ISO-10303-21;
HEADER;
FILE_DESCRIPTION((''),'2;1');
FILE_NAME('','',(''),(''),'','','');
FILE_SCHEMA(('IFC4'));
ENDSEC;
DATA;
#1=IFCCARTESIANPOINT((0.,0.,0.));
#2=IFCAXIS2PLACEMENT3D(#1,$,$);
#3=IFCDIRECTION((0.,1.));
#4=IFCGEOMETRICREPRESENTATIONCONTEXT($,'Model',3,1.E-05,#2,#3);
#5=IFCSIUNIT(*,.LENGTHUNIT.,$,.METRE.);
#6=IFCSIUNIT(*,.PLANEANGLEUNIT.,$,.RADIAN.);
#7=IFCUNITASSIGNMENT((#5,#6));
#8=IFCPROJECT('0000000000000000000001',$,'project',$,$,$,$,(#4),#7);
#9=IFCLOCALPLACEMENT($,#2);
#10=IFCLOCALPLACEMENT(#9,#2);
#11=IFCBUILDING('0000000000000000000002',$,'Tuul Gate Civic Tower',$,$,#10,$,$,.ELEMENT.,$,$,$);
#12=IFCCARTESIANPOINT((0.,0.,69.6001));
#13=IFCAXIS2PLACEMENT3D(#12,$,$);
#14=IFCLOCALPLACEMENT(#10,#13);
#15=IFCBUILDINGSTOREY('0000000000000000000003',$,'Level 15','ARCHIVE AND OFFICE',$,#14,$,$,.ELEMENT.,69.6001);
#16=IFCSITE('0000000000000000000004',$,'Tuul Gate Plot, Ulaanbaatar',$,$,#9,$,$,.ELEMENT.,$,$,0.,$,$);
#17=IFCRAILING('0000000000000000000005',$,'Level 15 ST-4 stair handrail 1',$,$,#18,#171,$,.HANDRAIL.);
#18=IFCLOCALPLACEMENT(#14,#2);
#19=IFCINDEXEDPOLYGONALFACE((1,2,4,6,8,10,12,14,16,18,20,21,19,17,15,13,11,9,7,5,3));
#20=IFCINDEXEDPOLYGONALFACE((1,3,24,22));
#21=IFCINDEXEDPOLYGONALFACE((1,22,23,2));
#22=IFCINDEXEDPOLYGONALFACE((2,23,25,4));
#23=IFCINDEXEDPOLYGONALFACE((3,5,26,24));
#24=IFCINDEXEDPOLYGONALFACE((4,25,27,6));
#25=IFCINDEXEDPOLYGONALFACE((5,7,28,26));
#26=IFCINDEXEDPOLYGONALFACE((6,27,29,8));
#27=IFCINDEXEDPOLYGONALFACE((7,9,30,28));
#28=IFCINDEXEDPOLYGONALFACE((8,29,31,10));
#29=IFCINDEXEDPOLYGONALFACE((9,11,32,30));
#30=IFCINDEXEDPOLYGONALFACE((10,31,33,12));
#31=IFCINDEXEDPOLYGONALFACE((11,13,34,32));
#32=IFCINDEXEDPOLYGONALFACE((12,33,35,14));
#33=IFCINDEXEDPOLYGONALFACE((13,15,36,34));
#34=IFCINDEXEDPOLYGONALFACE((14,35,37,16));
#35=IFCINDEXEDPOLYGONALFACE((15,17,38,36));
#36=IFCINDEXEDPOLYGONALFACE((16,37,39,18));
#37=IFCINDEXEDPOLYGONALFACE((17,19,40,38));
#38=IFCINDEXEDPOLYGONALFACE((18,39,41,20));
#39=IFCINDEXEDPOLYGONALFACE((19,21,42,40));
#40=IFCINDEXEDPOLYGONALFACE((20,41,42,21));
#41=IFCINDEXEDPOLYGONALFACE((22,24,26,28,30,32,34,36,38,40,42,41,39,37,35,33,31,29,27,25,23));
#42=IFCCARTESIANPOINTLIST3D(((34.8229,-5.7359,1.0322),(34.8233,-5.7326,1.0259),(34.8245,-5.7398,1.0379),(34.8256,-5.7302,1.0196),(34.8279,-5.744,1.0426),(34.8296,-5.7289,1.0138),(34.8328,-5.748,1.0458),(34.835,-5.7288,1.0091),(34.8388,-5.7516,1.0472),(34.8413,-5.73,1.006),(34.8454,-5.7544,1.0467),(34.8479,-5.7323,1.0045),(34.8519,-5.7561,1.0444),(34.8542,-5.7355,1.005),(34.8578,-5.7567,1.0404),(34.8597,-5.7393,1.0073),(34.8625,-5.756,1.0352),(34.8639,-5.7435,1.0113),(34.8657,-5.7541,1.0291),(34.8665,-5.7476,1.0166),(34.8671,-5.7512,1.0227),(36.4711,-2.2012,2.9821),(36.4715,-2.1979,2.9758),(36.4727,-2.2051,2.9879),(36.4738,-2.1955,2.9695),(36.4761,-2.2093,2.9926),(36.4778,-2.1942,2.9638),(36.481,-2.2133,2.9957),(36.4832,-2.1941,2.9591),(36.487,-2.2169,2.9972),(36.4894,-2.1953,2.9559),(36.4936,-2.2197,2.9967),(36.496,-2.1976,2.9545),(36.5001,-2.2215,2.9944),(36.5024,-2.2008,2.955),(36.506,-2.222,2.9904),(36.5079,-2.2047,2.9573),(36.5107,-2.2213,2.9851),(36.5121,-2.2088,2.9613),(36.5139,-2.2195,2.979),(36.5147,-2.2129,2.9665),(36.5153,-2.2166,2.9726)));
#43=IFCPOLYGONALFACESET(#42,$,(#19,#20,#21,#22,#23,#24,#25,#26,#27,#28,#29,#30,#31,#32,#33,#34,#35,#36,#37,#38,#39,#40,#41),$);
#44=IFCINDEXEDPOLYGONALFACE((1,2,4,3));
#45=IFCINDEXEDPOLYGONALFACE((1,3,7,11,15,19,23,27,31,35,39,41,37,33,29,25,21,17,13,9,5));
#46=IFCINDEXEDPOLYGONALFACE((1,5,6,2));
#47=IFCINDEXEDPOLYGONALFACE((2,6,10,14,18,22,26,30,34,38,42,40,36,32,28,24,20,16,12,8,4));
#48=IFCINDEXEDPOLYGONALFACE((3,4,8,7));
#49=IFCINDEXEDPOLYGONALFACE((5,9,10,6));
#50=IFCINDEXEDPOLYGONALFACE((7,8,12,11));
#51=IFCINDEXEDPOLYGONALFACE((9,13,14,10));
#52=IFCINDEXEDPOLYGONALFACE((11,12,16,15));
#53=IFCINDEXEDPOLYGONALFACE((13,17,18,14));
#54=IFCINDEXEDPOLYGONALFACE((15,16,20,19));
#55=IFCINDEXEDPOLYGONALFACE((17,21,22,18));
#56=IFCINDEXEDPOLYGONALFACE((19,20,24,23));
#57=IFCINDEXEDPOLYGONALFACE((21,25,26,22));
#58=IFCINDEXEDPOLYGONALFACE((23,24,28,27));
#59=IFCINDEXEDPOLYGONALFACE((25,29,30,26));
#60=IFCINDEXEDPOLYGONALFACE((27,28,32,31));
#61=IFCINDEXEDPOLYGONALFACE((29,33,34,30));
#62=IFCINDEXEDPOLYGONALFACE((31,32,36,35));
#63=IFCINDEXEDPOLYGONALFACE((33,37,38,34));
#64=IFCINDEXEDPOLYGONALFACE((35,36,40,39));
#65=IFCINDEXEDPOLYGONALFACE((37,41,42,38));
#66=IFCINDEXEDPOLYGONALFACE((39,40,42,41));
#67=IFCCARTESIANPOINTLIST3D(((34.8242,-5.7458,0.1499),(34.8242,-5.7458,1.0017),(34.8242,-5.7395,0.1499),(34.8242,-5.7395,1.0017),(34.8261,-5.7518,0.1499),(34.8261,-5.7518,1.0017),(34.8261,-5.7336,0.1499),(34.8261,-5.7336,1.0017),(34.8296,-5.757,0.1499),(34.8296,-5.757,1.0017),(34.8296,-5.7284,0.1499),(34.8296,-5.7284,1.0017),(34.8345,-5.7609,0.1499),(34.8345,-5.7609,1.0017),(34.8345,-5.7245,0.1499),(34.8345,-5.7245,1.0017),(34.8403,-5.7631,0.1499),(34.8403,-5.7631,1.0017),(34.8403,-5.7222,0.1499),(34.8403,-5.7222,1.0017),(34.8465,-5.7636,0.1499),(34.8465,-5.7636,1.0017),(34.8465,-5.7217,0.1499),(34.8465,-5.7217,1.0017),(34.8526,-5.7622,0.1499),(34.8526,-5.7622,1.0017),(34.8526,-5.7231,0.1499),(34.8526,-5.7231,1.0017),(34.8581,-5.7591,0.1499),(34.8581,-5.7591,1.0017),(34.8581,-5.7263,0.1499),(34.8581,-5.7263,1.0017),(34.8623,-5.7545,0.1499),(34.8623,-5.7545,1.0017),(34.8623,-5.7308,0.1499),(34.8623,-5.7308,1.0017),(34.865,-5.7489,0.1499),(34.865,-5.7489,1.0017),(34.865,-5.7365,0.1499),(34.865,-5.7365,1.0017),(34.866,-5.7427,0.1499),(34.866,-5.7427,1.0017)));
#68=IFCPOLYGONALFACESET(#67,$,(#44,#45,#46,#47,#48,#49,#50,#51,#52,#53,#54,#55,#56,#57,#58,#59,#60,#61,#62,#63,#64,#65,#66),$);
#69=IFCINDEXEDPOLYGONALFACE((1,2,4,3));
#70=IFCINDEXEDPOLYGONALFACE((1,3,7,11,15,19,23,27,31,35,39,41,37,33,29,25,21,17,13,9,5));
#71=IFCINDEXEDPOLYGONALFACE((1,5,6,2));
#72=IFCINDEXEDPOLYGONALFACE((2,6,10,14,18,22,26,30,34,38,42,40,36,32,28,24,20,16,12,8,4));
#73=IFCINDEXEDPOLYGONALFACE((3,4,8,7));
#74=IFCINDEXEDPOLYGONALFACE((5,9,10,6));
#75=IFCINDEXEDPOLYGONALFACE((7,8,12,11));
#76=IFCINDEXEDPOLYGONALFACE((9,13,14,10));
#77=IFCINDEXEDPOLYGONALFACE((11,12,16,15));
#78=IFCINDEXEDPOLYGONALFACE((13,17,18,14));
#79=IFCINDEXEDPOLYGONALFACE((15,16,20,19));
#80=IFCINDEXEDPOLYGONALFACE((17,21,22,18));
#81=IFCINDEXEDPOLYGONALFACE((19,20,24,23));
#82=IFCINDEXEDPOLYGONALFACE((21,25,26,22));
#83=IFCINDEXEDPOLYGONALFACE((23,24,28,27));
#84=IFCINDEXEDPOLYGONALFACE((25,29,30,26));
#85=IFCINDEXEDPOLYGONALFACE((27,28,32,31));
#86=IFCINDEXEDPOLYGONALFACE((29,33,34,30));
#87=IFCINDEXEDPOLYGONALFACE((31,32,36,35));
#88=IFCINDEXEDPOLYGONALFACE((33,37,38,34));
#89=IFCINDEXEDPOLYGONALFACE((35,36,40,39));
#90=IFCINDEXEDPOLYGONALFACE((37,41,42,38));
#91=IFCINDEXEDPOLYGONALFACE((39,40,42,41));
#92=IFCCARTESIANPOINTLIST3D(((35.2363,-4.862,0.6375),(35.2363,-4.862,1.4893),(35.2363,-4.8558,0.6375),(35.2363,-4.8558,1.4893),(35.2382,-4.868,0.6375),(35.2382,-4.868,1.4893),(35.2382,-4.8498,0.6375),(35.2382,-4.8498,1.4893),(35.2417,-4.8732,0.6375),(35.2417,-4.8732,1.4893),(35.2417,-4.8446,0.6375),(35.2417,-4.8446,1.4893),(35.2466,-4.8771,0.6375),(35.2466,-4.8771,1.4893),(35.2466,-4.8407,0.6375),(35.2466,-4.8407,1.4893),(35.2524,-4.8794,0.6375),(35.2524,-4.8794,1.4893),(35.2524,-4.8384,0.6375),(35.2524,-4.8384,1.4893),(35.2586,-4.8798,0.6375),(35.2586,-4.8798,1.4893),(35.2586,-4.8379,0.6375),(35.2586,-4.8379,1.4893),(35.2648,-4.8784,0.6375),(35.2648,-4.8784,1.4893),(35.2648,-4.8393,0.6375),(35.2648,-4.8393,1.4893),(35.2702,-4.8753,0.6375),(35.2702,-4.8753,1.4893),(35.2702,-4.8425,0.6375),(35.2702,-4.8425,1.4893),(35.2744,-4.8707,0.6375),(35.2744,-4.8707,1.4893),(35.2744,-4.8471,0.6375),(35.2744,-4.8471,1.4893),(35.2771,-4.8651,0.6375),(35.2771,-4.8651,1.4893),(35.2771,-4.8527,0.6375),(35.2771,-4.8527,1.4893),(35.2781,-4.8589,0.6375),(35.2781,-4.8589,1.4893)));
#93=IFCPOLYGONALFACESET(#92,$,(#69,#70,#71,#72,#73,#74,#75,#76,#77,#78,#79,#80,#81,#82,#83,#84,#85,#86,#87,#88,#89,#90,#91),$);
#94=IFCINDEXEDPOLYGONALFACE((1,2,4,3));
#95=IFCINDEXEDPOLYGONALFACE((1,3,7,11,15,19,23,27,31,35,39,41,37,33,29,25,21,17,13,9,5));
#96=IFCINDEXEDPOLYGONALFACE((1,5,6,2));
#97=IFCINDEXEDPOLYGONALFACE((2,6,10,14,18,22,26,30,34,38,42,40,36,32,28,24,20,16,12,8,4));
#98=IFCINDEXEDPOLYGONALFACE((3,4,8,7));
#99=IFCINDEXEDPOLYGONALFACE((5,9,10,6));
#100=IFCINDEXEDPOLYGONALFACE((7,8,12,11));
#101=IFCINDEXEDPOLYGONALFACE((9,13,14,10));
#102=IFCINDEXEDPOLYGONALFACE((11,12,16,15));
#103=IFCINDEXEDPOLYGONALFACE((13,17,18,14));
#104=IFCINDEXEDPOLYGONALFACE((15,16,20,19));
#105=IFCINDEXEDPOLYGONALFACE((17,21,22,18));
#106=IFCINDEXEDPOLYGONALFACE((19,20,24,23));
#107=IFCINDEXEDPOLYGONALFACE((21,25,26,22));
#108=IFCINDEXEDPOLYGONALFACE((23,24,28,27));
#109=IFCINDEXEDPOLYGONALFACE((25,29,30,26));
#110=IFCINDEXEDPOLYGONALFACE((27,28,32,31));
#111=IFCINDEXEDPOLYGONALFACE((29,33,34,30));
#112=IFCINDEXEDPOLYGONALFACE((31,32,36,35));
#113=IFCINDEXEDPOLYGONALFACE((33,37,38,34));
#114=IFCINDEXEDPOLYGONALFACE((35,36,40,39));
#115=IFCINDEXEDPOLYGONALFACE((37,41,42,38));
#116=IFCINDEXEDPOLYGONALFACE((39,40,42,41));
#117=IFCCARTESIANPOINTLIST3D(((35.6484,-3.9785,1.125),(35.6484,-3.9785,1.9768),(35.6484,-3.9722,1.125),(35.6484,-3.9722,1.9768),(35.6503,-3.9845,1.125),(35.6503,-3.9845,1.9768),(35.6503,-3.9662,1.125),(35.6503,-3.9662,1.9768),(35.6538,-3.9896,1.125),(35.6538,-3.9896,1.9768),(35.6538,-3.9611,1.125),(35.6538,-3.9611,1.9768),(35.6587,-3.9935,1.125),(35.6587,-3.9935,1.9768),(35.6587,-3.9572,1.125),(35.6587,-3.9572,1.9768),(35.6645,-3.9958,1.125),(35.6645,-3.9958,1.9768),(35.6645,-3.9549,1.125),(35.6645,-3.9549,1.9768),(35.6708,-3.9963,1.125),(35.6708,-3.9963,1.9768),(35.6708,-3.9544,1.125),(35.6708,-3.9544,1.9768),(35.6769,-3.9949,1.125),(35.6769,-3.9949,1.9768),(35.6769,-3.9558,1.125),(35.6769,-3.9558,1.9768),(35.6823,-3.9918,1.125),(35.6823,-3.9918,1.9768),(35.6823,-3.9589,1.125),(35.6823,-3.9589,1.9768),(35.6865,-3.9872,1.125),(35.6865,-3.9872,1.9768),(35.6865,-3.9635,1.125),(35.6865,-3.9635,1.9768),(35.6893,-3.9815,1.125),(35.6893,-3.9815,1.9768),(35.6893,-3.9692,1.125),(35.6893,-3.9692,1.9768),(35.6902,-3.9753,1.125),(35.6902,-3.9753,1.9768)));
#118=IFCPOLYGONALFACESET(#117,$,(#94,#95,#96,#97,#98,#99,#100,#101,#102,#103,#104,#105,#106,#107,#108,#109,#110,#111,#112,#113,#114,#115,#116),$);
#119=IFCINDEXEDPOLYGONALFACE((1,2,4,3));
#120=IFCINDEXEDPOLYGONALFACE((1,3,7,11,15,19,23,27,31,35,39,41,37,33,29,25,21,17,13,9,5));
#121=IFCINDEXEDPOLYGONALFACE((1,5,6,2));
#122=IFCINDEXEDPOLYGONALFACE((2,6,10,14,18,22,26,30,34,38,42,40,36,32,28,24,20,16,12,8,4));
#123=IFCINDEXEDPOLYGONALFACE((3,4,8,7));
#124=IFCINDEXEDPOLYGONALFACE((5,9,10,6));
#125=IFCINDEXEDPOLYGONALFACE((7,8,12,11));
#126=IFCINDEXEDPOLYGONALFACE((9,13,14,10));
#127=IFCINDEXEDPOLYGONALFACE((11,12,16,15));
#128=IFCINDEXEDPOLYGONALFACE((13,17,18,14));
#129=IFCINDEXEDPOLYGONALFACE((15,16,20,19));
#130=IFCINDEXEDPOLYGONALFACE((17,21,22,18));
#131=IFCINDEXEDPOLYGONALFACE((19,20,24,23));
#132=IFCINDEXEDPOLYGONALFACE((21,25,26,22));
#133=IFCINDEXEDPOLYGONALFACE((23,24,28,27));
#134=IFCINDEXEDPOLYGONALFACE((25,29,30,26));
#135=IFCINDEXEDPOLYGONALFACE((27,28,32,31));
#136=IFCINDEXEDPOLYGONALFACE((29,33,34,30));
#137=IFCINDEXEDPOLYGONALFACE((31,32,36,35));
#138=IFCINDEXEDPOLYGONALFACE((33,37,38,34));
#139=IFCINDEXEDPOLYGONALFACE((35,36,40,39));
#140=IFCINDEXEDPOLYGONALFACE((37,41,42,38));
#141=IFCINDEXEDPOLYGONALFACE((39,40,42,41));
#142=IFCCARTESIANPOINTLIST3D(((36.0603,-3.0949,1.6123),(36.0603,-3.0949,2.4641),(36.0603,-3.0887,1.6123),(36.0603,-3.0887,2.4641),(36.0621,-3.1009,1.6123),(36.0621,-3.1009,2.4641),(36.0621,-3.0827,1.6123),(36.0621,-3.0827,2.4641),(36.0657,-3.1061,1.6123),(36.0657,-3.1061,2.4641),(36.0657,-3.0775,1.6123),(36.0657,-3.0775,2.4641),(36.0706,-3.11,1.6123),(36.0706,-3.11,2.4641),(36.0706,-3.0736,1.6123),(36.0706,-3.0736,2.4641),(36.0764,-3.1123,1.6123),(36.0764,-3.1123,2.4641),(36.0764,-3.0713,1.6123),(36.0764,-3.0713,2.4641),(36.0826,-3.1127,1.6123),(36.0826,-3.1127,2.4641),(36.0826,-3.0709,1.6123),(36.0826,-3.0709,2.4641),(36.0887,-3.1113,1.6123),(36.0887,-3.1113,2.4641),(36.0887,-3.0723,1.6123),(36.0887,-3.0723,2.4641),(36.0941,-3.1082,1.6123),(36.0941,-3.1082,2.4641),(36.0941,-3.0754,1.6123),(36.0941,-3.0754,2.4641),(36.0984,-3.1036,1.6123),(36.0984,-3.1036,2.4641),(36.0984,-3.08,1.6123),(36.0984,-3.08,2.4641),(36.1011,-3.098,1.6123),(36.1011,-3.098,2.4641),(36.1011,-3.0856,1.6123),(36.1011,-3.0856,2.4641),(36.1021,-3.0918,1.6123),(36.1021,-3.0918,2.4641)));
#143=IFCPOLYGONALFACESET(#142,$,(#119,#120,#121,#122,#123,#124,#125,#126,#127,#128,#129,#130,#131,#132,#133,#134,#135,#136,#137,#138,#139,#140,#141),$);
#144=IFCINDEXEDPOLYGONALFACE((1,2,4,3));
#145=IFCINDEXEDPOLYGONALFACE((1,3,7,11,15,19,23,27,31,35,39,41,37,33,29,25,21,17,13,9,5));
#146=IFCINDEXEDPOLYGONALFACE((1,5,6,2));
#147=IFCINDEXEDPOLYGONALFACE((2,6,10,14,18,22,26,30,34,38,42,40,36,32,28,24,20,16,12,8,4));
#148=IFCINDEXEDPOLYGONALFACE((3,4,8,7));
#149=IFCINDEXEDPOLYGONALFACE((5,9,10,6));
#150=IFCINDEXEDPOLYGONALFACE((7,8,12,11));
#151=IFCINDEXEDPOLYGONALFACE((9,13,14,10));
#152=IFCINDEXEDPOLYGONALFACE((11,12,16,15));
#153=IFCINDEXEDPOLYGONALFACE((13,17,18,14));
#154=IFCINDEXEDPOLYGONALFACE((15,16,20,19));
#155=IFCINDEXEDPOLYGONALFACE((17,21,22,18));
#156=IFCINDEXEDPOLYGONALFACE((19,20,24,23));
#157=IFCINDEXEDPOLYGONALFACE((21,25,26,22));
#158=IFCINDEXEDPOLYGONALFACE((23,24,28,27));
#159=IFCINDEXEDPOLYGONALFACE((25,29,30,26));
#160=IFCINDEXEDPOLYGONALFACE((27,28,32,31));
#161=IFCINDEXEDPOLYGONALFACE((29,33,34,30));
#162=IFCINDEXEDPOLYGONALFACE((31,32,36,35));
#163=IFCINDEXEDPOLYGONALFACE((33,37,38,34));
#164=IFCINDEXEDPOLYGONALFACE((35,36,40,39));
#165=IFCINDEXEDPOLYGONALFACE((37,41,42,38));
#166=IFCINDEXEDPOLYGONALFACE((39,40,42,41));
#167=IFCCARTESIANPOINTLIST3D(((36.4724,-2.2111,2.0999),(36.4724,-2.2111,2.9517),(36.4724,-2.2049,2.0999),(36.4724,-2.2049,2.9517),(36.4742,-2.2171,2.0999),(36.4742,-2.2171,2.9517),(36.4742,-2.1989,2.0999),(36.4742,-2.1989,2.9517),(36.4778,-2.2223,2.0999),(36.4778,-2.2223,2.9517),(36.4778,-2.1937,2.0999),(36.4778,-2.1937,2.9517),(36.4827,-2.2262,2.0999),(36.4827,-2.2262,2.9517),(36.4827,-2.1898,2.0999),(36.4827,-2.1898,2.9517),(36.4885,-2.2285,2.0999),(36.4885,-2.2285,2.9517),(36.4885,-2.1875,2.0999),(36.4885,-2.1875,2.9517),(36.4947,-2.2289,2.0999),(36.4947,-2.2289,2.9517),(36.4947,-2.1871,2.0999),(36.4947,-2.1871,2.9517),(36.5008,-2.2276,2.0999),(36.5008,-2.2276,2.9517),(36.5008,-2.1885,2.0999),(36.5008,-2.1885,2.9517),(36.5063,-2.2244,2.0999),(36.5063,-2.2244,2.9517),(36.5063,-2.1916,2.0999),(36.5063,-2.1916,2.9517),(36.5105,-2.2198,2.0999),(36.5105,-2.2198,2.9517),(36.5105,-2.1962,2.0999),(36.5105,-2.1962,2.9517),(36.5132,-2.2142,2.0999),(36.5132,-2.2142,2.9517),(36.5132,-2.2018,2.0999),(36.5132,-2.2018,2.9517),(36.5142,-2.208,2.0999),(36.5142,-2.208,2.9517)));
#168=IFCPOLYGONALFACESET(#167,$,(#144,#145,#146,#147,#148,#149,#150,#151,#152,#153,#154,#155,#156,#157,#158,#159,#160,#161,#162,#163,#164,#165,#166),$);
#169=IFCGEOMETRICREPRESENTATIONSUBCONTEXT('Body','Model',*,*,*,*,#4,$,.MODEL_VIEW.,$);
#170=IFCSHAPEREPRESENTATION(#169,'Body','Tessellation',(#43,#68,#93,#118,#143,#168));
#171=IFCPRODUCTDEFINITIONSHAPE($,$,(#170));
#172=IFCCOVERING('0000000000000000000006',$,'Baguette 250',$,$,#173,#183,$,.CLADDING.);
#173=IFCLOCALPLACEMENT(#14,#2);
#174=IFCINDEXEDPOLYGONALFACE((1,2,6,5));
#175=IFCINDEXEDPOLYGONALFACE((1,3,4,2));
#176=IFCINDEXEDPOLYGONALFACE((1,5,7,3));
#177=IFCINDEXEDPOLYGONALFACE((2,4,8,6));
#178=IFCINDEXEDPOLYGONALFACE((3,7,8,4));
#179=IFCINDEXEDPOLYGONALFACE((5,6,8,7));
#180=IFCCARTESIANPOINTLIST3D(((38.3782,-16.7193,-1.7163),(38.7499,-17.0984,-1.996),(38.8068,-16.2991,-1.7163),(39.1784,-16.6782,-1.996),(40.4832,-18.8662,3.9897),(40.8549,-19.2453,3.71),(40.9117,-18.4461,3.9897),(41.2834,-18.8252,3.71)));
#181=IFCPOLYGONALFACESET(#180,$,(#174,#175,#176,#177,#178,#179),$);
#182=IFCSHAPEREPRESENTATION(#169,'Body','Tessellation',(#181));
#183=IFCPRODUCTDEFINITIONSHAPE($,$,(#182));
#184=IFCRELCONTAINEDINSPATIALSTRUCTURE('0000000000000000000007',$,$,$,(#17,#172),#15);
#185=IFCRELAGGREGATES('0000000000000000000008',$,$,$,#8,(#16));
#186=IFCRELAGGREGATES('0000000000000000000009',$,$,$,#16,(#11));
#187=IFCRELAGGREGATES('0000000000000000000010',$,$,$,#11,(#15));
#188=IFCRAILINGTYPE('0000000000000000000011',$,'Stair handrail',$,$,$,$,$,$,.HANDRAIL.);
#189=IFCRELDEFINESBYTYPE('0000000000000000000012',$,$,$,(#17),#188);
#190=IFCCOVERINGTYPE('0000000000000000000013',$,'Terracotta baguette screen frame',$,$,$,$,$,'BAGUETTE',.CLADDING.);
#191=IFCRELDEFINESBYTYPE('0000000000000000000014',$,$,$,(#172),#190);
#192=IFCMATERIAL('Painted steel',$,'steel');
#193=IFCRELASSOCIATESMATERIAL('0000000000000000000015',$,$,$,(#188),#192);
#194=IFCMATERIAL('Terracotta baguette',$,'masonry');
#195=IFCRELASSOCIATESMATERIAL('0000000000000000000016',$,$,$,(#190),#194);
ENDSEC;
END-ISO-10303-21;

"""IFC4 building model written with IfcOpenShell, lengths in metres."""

from ifc_helpers import new_model, si_unit, direction, frame, origin, origin_2d, place, context, subcontext, project, spatial, rectangle, circle, extrude, material, material_profile, profile_set, type_object, element, save


model = new_model("IFC4")

# Units and contexts
model_context = context("Model", 3, precision=1e-05, world=origin(), true_north=direction((0.0, 1.0)))
body_context = subcontext(model_context, "Body", "Model", "MODEL_VIEW")
ifc_project = project(units=[si_unit("LENGTHUNIT", "METRE"), si_unit("PLANEANGLEUNIT", "RADIAN")], contexts=[model_context])

# Site, building, storey
site_placement = place(None, origin())
site = spatial("IfcSite", under=ifc_project, at=site_placement, Name="Tuul Gate Plot, Ulaanbaatar", CompositionType="ELEMENT", RefElevation=0.0)
building_placement = place(site_placement, origin())
building = spatial("IfcBuilding", under=site, at=building_placement, Name="Tuul Gate Civic Tower", CompositionType="ELEMENT")
storey_placement = place(building_placement, frame((0.0, 0.0, 69.6001)))
storey = spatial("IfcBuildingStorey", under=building, at=storey_placement, Name="Level 15", Description="ARCHIVE AND OFFICE", CompositionType="ELEMENT", Elevation=69.6001)

# Railing
ifc_material_1 = material(Name="Painted steel", Category="steel")
railing_type_1 = type_object("IfcRailingType", Name="Stair handrail", PredefinedType="HANDRAIL", material=ifc_material_1)
railing_1_placement = place(storey_placement, frame((34.845, -5.7427, 0.1499)))
element("IfcRailing", 1, at=railing_1_placement, inside=storey, type_object=railing_type_1, Name="Level 15 ST-4 stair handrail 1", PredefinedType="HANDRAIL", context=body_context, shape_type="SweptSolid", body=[
    extrude(circle(Radius=0.0239, at=origin_2d()), frame((0.0, 0.0, 0.876), z_axis=(0.377995, 0.810637, 0.4472), x_axis=(-0.906313, 0.422608, 0.0)), (0.0, 0.0, 1.0), 4.3604),
    extrude(circle(Radius=0.021, at=origin_2d()), origin(), (0.0, 0.0, 1.0), 0.8518),
    extrude(circle(Radius=0.021, at=origin_2d()), frame((0.4121, 0.8838, 0.4875)), (0.0, 0.0, 1.0), 0.8518),
    extrude(circle(Radius=0.021, at=origin_2d()), frame((0.8242, 1.7673, 0.9751)), (0.0, 0.0, 1.0), 0.8518),
    extrude(circle(Radius=0.021, at=origin_2d()), frame((1.2361, 2.6509, 1.4624)), (0.0, 0.0, 1.0), 0.8518),
    extrude(circle(Radius=0.021, at=origin_2d()), frame((1.6482, 3.5347, 1.95)), (0.0, 0.0, 1.0), 0.8518),
])

# Covering
ifc_material_2 = material(Name="Terracotta baguette", Category="masonry")
ifc_material_profile_1 = material_profile(ifc_material_2, rectangle(XDim=0.6001, YDim=0.6001, at=origin_2d()), Name="Terracotta baguette screen frame")
ifc_profile_set_1 = profile_set([ifc_material_profile_1], Name="Terracotta baguette")
covering_type = type_object("IfcCoveringType", Name="Terracotta baguette screen frame", ElementType="BAGUETTE", PredefinedType="CLADDING", material=ifc_profile_set_1)
covering_placement = place(storey_placement, frame((40.8833, -18.8457, 3.8499), z_axis=(-0.326365, 0.332876, -0.884692), x_axis=(-0.714055, -0.700089, 0.0)))
element("IfcCovering", 2, at=covering_placement, inside=storey, type_object=covering_type, Name="Baguette 250", PredefinedType="CLADDING", context=body_context, shape_type="SweptSolid", body=[
    extrude(rectangle(XDim=0.6001, YDim=0.6001, at=origin_2d()), origin(), (0.0, 0.0, 1.0), 6.4497),
])

save(model, "model.ifc")
